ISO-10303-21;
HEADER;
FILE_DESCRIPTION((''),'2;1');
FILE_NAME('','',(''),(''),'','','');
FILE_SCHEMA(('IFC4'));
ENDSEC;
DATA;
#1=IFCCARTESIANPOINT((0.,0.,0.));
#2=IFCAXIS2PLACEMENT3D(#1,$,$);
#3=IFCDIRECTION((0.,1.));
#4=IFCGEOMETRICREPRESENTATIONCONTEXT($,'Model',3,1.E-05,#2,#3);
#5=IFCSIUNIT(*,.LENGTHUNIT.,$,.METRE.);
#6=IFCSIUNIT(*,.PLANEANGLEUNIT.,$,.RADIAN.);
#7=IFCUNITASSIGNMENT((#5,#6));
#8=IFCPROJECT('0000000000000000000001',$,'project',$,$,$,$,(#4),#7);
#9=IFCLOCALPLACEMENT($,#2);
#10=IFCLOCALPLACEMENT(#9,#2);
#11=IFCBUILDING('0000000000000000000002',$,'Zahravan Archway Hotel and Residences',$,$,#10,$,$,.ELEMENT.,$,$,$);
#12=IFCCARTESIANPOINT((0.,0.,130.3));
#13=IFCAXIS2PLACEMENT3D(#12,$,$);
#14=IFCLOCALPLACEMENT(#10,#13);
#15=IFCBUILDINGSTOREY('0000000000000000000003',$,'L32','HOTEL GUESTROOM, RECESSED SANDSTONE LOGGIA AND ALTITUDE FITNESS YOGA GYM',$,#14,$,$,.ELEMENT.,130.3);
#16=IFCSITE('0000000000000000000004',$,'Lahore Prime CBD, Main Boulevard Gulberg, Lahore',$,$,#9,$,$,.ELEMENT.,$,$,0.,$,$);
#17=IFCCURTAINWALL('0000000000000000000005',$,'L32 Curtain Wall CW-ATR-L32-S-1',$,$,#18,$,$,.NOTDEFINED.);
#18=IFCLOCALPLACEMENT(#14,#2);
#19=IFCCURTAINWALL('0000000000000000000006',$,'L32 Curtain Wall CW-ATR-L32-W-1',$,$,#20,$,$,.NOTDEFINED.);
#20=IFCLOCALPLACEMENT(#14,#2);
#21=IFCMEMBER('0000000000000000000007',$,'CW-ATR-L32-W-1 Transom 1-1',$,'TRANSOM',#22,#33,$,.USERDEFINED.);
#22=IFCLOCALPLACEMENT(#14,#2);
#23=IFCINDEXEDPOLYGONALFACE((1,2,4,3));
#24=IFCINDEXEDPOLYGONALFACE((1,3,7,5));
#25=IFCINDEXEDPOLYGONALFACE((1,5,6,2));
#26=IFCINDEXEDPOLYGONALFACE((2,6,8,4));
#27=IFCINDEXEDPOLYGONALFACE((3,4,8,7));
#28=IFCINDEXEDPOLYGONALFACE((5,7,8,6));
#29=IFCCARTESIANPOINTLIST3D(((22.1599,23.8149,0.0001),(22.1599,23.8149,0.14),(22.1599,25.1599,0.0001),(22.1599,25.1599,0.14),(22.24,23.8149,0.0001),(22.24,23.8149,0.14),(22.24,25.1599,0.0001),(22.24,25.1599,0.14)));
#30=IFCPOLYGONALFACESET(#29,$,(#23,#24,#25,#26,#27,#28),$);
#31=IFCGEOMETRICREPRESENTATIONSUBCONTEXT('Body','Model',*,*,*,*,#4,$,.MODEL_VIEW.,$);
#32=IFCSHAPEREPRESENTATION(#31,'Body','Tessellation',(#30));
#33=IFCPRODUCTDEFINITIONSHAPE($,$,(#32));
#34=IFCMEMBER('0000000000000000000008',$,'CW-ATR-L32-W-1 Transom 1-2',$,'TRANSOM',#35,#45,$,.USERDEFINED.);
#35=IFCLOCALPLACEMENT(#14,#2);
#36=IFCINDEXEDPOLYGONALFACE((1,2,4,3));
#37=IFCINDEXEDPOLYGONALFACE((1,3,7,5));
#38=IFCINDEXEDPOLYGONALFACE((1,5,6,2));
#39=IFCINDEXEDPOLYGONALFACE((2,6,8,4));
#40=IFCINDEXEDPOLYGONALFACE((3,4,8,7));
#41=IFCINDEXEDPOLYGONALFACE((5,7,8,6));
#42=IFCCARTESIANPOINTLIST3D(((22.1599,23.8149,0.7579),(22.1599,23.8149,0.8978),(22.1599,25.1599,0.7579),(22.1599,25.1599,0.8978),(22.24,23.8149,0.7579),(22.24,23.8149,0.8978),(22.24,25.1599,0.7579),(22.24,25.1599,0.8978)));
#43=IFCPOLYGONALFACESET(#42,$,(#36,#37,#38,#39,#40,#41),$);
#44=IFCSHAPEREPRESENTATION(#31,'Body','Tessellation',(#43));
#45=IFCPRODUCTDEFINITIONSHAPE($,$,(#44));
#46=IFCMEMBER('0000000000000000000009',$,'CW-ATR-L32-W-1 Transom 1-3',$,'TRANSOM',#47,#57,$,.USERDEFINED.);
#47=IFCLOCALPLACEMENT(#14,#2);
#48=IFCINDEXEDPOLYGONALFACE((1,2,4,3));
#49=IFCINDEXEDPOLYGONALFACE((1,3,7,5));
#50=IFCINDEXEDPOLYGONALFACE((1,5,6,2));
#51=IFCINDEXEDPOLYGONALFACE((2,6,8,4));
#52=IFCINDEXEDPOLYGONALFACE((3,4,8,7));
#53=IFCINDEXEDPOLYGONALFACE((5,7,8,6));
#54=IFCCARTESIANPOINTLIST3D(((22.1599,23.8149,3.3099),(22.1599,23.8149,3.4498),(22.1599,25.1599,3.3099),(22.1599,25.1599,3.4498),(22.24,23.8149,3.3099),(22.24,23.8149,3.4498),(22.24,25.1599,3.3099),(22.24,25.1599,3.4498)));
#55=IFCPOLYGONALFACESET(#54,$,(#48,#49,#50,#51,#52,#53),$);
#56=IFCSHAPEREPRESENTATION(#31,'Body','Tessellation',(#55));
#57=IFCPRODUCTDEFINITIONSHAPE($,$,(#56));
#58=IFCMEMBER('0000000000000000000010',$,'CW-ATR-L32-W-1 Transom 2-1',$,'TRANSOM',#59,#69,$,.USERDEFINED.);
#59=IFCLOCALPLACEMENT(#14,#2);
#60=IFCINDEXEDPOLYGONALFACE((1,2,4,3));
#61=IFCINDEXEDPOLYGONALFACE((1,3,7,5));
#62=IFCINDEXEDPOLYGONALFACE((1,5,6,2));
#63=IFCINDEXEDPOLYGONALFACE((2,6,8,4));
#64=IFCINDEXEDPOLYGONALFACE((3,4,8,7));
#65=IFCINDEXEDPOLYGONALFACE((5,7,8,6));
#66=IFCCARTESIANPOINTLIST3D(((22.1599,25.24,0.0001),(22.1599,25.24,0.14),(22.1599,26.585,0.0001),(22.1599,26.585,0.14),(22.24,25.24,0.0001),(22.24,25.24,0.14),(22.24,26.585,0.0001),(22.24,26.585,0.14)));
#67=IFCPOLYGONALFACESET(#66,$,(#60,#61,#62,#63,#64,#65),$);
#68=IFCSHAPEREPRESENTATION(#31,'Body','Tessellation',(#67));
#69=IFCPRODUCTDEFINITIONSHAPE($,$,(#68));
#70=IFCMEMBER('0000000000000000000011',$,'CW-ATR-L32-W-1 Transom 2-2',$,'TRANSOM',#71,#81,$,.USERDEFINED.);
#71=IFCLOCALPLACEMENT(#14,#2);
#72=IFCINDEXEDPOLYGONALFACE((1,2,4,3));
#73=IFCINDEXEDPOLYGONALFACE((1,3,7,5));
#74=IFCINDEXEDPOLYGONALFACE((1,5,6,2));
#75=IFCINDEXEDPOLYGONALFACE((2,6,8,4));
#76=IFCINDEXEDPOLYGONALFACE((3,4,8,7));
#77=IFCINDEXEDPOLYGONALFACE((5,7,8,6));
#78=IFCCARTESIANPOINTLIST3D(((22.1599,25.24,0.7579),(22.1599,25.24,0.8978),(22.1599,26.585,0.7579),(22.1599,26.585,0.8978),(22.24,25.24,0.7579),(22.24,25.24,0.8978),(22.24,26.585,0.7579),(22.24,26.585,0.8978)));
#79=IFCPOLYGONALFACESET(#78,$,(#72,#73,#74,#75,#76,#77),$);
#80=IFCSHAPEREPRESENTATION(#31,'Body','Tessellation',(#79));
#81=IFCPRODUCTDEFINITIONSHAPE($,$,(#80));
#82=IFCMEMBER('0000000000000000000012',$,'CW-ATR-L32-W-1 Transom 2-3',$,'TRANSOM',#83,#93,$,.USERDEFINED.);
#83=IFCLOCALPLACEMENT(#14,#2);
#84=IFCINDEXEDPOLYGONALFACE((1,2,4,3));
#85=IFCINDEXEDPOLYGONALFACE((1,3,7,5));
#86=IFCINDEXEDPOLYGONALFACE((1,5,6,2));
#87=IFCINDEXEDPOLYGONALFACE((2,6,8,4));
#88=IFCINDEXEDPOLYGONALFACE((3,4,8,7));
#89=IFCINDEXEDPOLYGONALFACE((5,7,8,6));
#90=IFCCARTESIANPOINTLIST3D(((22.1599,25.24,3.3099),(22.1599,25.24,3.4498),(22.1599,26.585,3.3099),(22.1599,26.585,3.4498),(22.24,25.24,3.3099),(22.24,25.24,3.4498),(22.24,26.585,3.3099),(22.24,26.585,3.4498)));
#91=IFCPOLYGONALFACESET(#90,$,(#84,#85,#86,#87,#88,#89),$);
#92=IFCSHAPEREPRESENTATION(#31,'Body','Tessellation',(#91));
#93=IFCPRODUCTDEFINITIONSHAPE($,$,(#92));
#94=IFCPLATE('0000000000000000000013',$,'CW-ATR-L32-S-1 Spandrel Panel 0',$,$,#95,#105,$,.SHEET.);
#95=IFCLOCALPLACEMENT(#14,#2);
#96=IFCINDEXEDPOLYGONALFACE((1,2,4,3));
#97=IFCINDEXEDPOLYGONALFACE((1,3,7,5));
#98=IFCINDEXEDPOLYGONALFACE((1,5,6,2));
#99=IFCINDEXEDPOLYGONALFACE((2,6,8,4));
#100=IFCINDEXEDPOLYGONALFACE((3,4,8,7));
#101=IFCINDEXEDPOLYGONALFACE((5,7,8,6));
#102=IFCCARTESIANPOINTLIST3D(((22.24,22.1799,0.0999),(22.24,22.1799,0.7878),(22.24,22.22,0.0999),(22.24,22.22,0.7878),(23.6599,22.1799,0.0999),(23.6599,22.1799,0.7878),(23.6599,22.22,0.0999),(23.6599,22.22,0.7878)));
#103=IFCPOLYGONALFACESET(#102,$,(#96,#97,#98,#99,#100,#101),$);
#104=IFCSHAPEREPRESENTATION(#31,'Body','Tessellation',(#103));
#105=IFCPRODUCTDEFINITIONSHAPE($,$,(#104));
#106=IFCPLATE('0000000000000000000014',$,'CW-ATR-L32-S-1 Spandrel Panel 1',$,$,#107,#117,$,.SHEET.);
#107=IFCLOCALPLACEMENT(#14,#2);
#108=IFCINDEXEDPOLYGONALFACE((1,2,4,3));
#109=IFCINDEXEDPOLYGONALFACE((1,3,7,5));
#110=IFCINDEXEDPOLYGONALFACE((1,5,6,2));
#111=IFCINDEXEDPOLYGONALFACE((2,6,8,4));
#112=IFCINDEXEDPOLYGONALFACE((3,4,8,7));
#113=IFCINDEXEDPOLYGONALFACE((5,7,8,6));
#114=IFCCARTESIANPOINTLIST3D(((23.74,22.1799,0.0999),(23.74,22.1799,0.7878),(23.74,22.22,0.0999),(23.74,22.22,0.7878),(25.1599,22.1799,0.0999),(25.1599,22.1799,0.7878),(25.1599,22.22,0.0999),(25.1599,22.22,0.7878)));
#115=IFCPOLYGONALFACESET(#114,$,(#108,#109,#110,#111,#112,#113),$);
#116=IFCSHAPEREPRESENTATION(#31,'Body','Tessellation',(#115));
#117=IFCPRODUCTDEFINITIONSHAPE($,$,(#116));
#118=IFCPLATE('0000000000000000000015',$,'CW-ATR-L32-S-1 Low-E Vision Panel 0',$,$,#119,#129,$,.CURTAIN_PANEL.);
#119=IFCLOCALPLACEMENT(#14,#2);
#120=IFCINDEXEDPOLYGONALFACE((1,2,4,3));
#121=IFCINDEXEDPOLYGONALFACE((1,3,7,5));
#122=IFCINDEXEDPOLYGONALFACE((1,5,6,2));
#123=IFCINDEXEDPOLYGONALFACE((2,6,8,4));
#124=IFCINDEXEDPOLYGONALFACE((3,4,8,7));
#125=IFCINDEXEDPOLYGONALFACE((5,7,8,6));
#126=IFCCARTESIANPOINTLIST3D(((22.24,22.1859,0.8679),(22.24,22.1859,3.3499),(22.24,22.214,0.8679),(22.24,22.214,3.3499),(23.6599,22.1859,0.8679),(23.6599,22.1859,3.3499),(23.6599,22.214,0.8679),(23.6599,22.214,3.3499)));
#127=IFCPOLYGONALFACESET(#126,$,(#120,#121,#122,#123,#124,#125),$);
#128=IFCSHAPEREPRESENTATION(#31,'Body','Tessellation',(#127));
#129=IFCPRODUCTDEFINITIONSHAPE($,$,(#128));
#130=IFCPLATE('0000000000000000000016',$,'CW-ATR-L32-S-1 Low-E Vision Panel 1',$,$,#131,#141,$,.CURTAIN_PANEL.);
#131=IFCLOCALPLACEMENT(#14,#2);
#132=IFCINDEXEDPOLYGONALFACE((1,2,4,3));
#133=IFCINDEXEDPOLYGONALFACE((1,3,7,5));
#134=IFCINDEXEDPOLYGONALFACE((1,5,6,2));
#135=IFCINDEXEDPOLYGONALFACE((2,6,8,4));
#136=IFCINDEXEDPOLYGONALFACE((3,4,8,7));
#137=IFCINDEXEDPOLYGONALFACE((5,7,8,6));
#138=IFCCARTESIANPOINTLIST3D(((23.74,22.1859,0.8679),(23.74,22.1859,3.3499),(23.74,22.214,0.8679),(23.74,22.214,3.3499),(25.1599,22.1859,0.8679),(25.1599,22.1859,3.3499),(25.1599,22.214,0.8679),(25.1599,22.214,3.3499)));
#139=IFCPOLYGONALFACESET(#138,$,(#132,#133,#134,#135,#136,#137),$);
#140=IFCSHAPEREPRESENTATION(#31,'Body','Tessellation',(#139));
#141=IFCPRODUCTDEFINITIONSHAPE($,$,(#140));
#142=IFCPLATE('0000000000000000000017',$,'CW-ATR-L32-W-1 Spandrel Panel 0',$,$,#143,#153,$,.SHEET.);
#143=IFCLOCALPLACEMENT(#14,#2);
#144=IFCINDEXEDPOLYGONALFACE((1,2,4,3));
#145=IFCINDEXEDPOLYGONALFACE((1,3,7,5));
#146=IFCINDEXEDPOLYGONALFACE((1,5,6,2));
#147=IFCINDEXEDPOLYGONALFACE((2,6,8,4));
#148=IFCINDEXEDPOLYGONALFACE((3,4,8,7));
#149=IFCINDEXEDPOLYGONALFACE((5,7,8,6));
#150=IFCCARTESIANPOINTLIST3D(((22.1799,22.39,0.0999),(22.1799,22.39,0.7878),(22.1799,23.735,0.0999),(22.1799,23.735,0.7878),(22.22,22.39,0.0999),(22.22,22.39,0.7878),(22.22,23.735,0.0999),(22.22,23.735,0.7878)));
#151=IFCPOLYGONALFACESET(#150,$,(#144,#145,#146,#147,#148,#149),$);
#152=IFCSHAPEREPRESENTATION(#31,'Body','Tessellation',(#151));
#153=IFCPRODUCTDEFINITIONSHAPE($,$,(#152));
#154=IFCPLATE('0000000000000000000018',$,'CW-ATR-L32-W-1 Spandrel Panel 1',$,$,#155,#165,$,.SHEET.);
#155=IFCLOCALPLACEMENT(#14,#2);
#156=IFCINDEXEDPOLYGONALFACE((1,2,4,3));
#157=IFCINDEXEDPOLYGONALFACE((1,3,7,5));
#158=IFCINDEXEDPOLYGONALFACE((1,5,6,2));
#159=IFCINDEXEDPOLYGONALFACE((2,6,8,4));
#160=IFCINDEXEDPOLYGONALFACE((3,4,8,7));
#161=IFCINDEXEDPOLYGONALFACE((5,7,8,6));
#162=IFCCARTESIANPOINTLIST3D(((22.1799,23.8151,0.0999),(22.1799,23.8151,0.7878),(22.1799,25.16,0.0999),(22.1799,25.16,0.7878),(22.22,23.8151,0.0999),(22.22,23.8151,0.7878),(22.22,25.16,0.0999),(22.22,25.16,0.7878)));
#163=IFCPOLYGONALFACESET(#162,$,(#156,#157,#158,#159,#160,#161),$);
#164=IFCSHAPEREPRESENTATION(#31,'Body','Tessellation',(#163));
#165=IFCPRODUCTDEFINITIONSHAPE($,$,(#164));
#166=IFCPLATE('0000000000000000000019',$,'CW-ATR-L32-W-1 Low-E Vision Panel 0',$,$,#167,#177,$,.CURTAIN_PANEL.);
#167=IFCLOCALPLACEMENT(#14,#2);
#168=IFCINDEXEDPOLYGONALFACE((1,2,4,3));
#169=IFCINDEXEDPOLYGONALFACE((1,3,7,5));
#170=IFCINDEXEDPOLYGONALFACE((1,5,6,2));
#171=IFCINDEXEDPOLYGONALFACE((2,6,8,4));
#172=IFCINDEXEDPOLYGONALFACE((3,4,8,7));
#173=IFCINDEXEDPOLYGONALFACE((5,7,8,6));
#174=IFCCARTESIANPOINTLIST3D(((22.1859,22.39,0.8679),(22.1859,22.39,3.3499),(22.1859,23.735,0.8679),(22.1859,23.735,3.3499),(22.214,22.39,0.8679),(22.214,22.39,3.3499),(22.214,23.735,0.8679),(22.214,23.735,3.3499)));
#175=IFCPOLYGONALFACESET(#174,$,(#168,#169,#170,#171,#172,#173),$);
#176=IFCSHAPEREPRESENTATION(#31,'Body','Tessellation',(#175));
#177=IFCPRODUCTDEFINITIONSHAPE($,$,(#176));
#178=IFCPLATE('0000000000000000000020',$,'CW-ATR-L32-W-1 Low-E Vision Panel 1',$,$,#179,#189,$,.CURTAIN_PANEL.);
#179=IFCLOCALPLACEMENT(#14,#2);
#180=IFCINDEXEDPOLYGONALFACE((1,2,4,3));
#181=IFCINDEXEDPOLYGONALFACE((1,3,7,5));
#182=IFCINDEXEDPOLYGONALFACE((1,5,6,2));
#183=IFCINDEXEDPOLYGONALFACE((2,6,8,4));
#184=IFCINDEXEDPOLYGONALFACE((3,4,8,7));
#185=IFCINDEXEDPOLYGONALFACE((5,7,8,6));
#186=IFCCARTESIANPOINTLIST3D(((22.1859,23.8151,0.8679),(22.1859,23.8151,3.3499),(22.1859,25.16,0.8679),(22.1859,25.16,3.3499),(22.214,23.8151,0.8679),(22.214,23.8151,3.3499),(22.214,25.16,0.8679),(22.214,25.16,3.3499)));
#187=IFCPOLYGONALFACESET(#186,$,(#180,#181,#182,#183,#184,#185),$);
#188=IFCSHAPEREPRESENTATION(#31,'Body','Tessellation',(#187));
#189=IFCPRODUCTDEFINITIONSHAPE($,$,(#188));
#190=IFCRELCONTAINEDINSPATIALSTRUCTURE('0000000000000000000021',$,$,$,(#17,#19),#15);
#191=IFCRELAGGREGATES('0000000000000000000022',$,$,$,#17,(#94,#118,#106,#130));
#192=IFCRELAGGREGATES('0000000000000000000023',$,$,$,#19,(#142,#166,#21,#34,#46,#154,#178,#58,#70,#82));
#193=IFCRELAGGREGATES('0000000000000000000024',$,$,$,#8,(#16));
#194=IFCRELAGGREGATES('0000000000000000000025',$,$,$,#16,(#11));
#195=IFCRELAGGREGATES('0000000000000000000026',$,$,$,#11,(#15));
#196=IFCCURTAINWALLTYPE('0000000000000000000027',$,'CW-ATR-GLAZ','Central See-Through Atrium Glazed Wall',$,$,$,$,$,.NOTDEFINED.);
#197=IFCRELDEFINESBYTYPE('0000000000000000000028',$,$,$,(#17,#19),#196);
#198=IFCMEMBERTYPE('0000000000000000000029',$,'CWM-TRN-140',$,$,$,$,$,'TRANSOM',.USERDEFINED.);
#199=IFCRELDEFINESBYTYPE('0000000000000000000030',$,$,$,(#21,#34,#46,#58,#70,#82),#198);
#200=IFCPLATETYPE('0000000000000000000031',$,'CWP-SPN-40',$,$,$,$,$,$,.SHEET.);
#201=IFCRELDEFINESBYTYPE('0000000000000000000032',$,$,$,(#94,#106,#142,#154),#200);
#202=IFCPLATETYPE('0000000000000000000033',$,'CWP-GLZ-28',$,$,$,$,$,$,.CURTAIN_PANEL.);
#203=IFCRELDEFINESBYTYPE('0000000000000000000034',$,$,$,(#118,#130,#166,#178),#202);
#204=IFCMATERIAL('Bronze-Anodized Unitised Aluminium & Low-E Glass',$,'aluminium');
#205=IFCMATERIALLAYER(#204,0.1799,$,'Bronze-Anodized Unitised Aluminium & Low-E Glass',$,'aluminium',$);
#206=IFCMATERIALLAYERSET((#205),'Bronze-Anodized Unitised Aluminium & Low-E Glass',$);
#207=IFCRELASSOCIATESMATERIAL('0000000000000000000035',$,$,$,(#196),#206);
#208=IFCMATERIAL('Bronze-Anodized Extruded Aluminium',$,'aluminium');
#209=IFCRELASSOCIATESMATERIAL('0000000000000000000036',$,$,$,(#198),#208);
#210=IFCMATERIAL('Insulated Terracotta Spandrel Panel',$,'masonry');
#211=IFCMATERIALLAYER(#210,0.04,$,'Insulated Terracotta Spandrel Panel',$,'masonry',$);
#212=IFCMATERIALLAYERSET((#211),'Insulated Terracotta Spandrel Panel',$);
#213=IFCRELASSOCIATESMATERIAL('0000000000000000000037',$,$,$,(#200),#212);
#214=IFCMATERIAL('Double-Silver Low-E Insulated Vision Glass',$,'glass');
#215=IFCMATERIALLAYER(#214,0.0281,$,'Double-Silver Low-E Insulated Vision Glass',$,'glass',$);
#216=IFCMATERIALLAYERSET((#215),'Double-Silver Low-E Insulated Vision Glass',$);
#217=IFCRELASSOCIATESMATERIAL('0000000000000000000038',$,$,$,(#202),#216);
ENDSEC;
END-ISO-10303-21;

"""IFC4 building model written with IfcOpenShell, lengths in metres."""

from ifc_helpers import new_model, si_unit, direction, frame, origin, origin_2d, place, context, subcontext, project, spatial, rectangle, extrude, source, transform, mapped, material, layer, layer_set, material_profile, profile_set, type_object, element, aggregate, save


model = new_model("IFC4")

# Units and contexts
model_context = context("Model", 3, precision=1e-05, world=origin(), true_north=direction((0.0, 1.0)))
body_context = subcontext(model_context, "Body", "Model", "MODEL_VIEW")
ifc_project = project(units=[si_unit("LENGTHUNIT", "METRE"), si_unit("PLANEANGLEUNIT", "RADIAN")], contexts=[model_context])

# Site, building, storey
site_placement = place(None, origin())
site = spatial("IfcSite", under=ifc_project, at=site_placement, Name="Lahore Prime CBD, Main Boulevard Gulberg, Lahore", CompositionType="ELEMENT", RefElevation=0.0)
building_placement = place(site_placement, origin())
building = spatial("IfcBuilding", under=site, at=building_placement, Name="Zahravan Archway Hotel and Residences", CompositionType="ELEMENT")
storey_placement = place(building_placement, frame((0.0, 0.0, 130.3)))
storey = spatial("IfcBuildingStorey", under=building, at=storey_placement, Name="L32", Description="HOTEL GUESTROOM, RECESSED SANDSTONE LOGGIA AND ALTITUDE FITNESS YOGA GYM", CompositionType="ELEMENT", Elevation=130.3)

# Curtain walls
ifc_material_1 = material(Name="Bronze-Anodized Unitised Aluminium & Low-E Glass", Category="aluminium")
ifc_layer_1 = layer(ifc_material_1, 0.1799, Name="Bronze-Anodized Unitised Aluminium & Low-E Glass", Category="aluminium")
ifc_layer_set_1 = layer_set([ifc_layer_1], Name="Bronze-Anodized Unitised Aluminium & Low-E Glass")
curtain_wall_type = type_object("IfcCurtainWallType", Name="CW-ATR-GLAZ", Description="Central See-Through Atrium Glazed Wall", PredefinedType="NOTDEFINED", material=ifc_layer_set_1)
curtain_wall_1_placement = place(storey_placement, origin())
curtain_wall_1 = element("IfcCurtainWall", 1, at=curtain_wall_1_placement, inside=storey, type_object=curtain_wall_type, Name="L32 Curtain Wall CW-ATR-L32-S-1", PredefinedType="NOTDEFINED")
ifc_material_2 = material(Name="Bronze-Anodized Extruded Aluminium", Category="aluminium")
curtain_wall_2_placement = place(storey_placement, origin())
curtain_wall_2 = element("IfcCurtainWall", 2, at=curtain_wall_2_placement, inside=storey, type_object=curtain_wall_type, Name="L32 Curtain Wall CW-ATR-L32-W-1", PredefinedType="NOTDEFINED")

# Members
ifc_material_profile_1 = material_profile(ifc_material_2, rectangle(XDim=0.0801, YDim=0.1399, at=origin_2d()), Name="TRN 80x140", Category="aluminium")
ifc_profile_set_1 = profile_set([ifc_material_profile_1], Name="Bronze-Anodized Extruded Aluminium")
member_type_1 = type_object("IfcMemberType", Name="CWM-TRN-140", ElementType="TRANSOM", PredefinedType="USERDEFINED", material=ifc_profile_set_1)
shared_shape_1 = source(origin(), body_context, "Body", "SweptSolid", [
    extrude(rectangle(XDim=0.0801, YDim=0.1399, at=origin_2d()), origin(), (0.0, 0.0, 1.0), 1.345),
])
member_1_placement = place(storey_placement, frame((22.2, 23.8149, 0.0701), z_axis=(0.0, 1.0, 0.0), x_axis=(-1.0, 0.0, 0.0)))
member_1 = element("IfcMember", 3, at=member_1_placement, type_object=member_type_1, Name="CW-ATR-L32-W-1 Transom 1-1", ObjectType="TRANSOM", PredefinedType="USERDEFINED", context=body_context, shape_type="MappedRepresentation", body=[
    mapped(shared_shape_1, transform((0.0, 0.0, 0.0), scale=1.0)),
])
member_2_placement = place(storey_placement, frame((22.2, 23.8149, 0.8279), z_axis=(0.0, 1.0, 0.0), x_axis=(-1.0, 0.0, 0.0)))
member_2 = element("IfcMember", 4, at=member_2_placement, type_object=member_type_1, Name="CW-ATR-L32-W-1 Transom 1-2", ObjectType="TRANSOM", PredefinedType="USERDEFINED", context=body_context, shape_type="MappedRepresentation", body=[
    mapped(shared_shape_1, transform((0.0, 0.0, 0.0), scale=1.0)),
])
member_3_placement = place(storey_placement, frame((22.2, 23.8149, 3.3799), z_axis=(0.0, 1.0, 0.0), x_axis=(-1.0, 0.0, 0.0)))
member_3 = element("IfcMember", 5, at=member_3_placement, type_object=member_type_1, Name="CW-ATR-L32-W-1 Transom 1-3", ObjectType="TRANSOM", PredefinedType="USERDEFINED", context=body_context, shape_type="MappedRepresentation", body=[
    mapped(shared_shape_1, transform((0.0, 0.0, 0.0), scale=1.0)),
])
member_4_placement = place(storey_placement, frame((22.2, 25.24, 0.0701), z_axis=(0.0, 1.0, 0.0), x_axis=(-1.0, 0.0, 0.0)))
member_4 = element("IfcMember", 6, at=member_4_placement, type_object=member_type_1, Name="CW-ATR-L32-W-1 Transom 2-1", ObjectType="TRANSOM", PredefinedType="USERDEFINED", context=body_context, shape_type="MappedRepresentation", body=[
    mapped(shared_shape_1, transform((0.0, 0.0, 0.0), scale=1.0)),
])
member_5_placement = place(storey_placement, frame((22.2, 25.24, 0.8279), z_axis=(0.0, 1.0, 0.0), x_axis=(-1.0, 0.0, 0.0)))
member_5 = element("IfcMember", 7, at=member_5_placement, type_object=member_type_1, Name="CW-ATR-L32-W-1 Transom 2-2", ObjectType="TRANSOM", PredefinedType="USERDEFINED", context=body_context, shape_type="MappedRepresentation", body=[
    mapped(shared_shape_1, transform((0.0, 0.0, 0.0), scale=1.0)),
])
member_6_placement = place(storey_placement, frame((22.2, 25.24, 3.3799), z_axis=(0.0, 1.0, 0.0), x_axis=(-1.0, 0.0, 0.0)))
member_6 = element("IfcMember", 8, at=member_6_placement, type_object=member_type_1, Name="CW-ATR-L32-W-1 Transom 2-3", ObjectType="TRANSOM", PredefinedType="USERDEFINED", context=body_context, shape_type="MappedRepresentation", body=[
    mapped(shared_shape_1, transform((0.0, 0.0, 0.0), scale=1.0)),
])

# Plates
ifc_material_3 = material(Name="Insulated Terracotta Spandrel Panel", Category="masonry")
ifc_layer_2 = layer(ifc_material_3, 0.04, Name="Insulated Terracotta Spandrel Panel", Category="masonry")
ifc_layer_set_2 = layer_set([ifc_layer_2], Name="Insulated Terracotta Spandrel Panel")
plate_type_1 = type_object("IfcPlateType", Name="CWP-SPN-40", PredefinedType="SHEET", material=ifc_layer_set_2)
shared_shape_2 = source(origin(), body_context, "Body", "SweptSolid", [
    extrude(rectangle(XDim=1.4199, YDim=0.04, at=origin_2d()), origin(), (0.0, 0.0, 1.0), 0.688),
])
plate_1_placement = place(storey_placement, frame((22.95, 22.2, 0.0999), z_axis=(0.0, 0.0, 1.0), x_axis=(1.0, 0.0, 0.0)))
plate_1 = element("IfcPlate", 9, at=plate_1_placement, type_object=plate_type_1, Name="CW-ATR-L32-S-1 Spandrel Panel 0", PredefinedType="SHEET", context=body_context, shape_type="MappedRepresentation", body=[
    mapped(shared_shape_2, transform((0.0, 0.0, 0.0), scale=1.0)),
])
plate_2_placement = place(storey_placement, frame((24.45, 22.2, 0.0999), z_axis=(0.0, 0.0, 1.0), x_axis=(1.0, 0.0, 0.0)))
plate_2 = element("IfcPlate", 10, at=plate_2_placement, type_object=plate_type_1, Name="CW-ATR-L32-S-1 Spandrel Panel 1", PredefinedType="SHEET", context=body_context, shape_type="MappedRepresentation", body=[
    mapped(shared_shape_2, transform((0.0, 0.0, 0.0), scale=1.0)),
])
ifc_material_4 = material(Name="Double-Silver Low-E Insulated Vision Glass", Category="glass")
ifc_layer_3 = layer(ifc_material_4, 0.0281, Name="Double-Silver Low-E Insulated Vision Glass", Category="glass")
ifc_layer_set_3 = layer_set([ifc_layer_3], Name="Double-Silver Low-E Insulated Vision Glass")
plate_type_2 = type_object("IfcPlateType", Name="CWP-GLZ-28", PredefinedType="CURTAIN_PANEL", material=ifc_layer_set_3)
shared_shape_3 = source(origin(), body_context, "Body", "SweptSolid", [
    extrude(rectangle(XDim=1.4199, YDim=0.0281, at=origin_2d()), origin(), (0.0, 0.0, 1.0), 2.4819),
])
plate_3_placement = place(storey_placement, frame((22.95, 22.2, 0.8679), z_axis=(0.0, 0.0, 1.0), x_axis=(1.0, 0.0, 0.0)))
plate_3 = element("IfcPlate", 11, at=plate_3_placement, type_object=plate_type_2, Name="CW-ATR-L32-S-1 Low-E Vision Panel 0", PredefinedType="CURTAIN_PANEL", context=body_context, shape_type="MappedRepresentation", body=[
    mapped(shared_shape_3, transform((0.0, 0.0, 0.0), scale=1.0)),
])
plate_4_placement = place(storey_placement, frame((24.45, 22.2, 0.8679), z_axis=(0.0, 0.0, 1.0), x_axis=(1.0, 0.0, 0.0)))
plate_4 = element("IfcPlate", 12, at=plate_4_placement, type_object=plate_type_2, Name="CW-ATR-L32-S-1 Low-E Vision Panel 1", PredefinedType="CURTAIN_PANEL", context=body_context, shape_type="MappedRepresentation", body=[
    mapped(shared_shape_3, transform((0.0, 0.0, 0.0), scale=1.0)),
])
aggregate(curtain_wall_1, [plate_1, plate_3, plate_2, plate_4])
shared_shape_4 = source(origin(), body_context, "Body", "SweptSolid", [
    extrude(rectangle(XDim=1.345, YDim=0.04, at=origin_2d()), origin(), (0.0, 0.0, 1.0), 0.688),
])
plate_5_placement = place(storey_placement, frame((22.2, 23.0625, 0.0999), z_axis=(0.0, 0.0, 1.0), x_axis=(0.0, 1.0, 0.0)))
plate_5 = element("IfcPlate", 13, at=plate_5_placement, type_object=plate_type_1, Name="CW-ATR-L32-W-1 Spandrel Panel 0", PredefinedType="SHEET", context=body_context, shape_type="MappedRepresentation", body=[
    mapped(shared_shape_4, transform((0.0, 0.0, 0.0), scale=1.0)),
])
plate_6_placement = place(storey_placement, frame((22.2, 24.4875, 0.0999), z_axis=(0.0, 0.0, 1.0), x_axis=(0.0, 1.0, 0.0)))
plate_6 = element("IfcPlate", 14, at=plate_6_placement, type_object=plate_type_1, Name="CW-ATR-L32-W-1 Spandrel Panel 1", PredefinedType="SHEET", context=body_context, shape_type="MappedRepresentation", body=[
    mapped(shared_shape_4, transform((0.0, 0.0, 0.0), scale=1.0)),
])
shared_shape_5 = source(origin(), body_context, "Body", "SweptSolid", [
    extrude(rectangle(XDim=1.345, YDim=0.0281, at=origin_2d()), origin(), (0.0, 0.0, 1.0), 2.4819),
])
plate_7_placement = place(storey_placement, frame((22.2, 23.0625, 0.8679), z_axis=(0.0, 0.0, 1.0), x_axis=(0.0, 1.0, 0.0)))
plate_7 = element("IfcPlate", 15, at=plate_7_placement, type_object=plate_type_2, Name="CW-ATR-L32-W-1 Low-E Vision Panel 0", PredefinedType="CURTAIN_PANEL", context=body_context, shape_type="MappedRepresentation", body=[
    mapped(shared_shape_5, transform((0.0, 0.0, 0.0), scale=1.0)),
])
plate_8_placement = place(storey_placement, frame((22.2, 24.4875, 0.8679), z_axis=(0.0, 0.0, 1.0), x_axis=(0.0, 1.0, 0.0)))
plate_8 = element("IfcPlate", 16, at=plate_8_placement, type_object=plate_type_2, Name="CW-ATR-L32-W-1 Low-E Vision Panel 1", PredefinedType="CURTAIN_PANEL", context=body_context, shape_type="MappedRepresentation", body=[
    mapped(shared_shape_5, transform((0.0, 0.0, 0.0), scale=1.0)),
])
aggregate(curtain_wall_2, [plate_5, plate_7, member_1, member_2, member_3, plate_6, plate_8, member_4, member_5, member_6])

save(model, "model.ifc")
